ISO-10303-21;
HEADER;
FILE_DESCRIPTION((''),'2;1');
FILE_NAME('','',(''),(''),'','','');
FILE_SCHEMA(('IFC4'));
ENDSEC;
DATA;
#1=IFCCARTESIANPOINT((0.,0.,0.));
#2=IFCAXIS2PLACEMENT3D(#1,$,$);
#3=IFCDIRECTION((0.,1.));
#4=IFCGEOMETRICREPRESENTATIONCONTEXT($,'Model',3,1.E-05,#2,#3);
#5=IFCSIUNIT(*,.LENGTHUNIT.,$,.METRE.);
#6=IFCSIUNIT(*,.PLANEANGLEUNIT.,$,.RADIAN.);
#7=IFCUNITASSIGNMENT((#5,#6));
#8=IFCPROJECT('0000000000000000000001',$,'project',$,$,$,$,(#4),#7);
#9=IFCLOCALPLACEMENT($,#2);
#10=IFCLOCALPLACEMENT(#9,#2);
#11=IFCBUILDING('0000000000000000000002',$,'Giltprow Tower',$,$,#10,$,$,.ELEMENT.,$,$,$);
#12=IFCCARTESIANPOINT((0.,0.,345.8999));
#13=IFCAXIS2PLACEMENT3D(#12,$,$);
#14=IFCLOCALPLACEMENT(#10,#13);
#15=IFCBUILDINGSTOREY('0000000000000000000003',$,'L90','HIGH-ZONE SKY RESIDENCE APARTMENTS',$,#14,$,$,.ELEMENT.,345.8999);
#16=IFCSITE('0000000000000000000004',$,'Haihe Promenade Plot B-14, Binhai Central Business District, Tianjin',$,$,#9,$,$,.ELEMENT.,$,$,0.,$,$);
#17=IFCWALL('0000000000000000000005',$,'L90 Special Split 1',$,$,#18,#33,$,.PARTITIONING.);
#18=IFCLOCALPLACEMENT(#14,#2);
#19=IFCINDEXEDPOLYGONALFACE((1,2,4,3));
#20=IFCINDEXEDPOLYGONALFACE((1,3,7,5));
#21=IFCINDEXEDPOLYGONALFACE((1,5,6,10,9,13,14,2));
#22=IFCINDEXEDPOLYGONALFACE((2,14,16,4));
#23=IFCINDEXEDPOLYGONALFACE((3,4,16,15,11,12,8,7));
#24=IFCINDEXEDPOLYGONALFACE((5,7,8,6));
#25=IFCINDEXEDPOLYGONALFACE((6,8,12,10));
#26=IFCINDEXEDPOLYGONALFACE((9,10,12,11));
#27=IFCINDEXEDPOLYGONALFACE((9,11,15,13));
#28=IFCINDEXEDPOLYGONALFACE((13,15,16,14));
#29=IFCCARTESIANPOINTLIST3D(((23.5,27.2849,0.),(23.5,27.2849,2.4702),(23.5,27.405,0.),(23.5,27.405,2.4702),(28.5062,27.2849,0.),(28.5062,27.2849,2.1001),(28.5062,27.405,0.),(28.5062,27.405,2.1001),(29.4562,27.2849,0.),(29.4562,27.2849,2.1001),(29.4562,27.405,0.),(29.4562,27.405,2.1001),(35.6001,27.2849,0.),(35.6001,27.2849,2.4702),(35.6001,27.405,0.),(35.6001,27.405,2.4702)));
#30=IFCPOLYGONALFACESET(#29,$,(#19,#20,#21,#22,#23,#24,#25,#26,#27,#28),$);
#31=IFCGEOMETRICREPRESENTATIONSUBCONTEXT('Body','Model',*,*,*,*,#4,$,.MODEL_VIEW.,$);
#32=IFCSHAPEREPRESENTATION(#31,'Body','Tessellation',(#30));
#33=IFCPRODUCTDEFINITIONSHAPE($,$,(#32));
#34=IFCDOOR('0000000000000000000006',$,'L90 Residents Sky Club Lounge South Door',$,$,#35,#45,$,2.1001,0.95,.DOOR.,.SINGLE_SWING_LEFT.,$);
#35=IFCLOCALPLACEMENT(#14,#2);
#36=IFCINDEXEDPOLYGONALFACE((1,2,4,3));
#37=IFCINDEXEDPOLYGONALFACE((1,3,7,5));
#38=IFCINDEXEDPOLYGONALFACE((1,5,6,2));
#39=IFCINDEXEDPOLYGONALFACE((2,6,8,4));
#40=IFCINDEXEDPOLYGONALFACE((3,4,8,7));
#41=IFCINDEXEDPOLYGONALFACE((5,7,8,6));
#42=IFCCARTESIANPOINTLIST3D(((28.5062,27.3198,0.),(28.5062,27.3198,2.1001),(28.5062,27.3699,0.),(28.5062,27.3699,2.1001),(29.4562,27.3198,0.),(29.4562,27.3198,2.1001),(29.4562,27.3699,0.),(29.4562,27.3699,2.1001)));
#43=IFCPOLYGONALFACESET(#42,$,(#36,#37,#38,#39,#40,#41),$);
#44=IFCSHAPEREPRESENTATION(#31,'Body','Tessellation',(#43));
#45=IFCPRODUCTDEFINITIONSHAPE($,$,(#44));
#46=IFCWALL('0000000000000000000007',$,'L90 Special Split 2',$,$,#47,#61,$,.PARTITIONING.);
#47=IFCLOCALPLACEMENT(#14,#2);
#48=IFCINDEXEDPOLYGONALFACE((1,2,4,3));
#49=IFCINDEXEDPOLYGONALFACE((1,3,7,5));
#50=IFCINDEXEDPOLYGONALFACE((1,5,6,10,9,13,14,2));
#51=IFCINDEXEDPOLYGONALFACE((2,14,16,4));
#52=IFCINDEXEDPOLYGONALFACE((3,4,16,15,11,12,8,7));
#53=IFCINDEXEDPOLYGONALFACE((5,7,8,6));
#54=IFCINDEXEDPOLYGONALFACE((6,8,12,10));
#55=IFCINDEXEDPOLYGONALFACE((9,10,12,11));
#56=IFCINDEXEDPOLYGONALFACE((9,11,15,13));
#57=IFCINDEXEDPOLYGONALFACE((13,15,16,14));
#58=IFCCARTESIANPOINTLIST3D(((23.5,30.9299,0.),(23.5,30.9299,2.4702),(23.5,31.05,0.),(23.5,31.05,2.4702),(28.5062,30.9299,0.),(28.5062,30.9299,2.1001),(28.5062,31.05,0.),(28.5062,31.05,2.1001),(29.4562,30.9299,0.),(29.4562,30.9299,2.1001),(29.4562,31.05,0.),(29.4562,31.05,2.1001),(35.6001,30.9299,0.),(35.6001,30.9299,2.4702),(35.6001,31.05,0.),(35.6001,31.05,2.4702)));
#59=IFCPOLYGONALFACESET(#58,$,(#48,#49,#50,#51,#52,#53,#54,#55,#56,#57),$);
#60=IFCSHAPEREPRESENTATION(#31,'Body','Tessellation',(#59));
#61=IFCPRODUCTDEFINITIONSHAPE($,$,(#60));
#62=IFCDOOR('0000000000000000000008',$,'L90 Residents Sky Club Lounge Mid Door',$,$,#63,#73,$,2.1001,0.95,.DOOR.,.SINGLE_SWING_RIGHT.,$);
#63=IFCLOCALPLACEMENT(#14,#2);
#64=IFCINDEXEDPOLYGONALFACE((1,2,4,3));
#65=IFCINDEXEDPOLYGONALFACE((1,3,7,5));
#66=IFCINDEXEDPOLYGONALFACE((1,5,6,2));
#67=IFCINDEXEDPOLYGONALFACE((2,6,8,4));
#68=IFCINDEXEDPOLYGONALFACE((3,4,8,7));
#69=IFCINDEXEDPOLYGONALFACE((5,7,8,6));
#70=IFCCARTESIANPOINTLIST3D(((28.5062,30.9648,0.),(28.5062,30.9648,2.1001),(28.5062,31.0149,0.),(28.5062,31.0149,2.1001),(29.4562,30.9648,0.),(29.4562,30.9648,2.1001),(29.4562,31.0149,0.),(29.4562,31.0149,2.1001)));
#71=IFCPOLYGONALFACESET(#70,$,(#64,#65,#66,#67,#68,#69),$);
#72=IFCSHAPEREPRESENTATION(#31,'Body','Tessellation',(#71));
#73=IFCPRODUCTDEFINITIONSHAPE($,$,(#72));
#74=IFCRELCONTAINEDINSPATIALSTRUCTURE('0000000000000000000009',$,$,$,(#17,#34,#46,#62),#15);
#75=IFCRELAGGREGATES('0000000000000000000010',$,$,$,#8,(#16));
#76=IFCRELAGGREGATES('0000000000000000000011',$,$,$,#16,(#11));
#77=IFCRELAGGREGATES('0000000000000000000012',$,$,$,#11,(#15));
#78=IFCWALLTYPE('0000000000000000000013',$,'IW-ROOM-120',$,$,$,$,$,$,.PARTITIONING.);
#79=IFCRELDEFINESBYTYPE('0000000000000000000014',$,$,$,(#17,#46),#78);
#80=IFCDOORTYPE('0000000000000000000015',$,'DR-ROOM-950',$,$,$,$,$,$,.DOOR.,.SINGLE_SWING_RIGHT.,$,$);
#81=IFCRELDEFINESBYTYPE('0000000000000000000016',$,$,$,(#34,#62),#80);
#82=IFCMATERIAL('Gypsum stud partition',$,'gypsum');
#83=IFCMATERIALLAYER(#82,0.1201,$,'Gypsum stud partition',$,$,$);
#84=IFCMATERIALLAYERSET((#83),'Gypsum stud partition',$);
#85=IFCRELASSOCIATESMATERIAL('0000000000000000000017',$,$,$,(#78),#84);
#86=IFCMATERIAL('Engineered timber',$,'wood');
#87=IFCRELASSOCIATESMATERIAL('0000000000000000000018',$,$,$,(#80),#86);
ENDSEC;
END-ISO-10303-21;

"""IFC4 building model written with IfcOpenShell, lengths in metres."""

from ifc_helpers import new_model, si_unit, direction, frame, frame_2d, origin, place, context, subcontext, project, spatial, rectangle, extrude, source, transform, mapped, material, layer, layer_set, type_object, element, fill, save


model = new_model("IFC4")

# Units and contexts
model_context = context("Model", 3, precision=1e-05, world=origin(), true_north=direction((0.0, 1.0)))
body_context = subcontext(model_context, "Body", "Model", "MODEL_VIEW")
ifc_project = project(units=[si_unit("LENGTHUNIT", "METRE"), si_unit("PLANEANGLEUNIT", "RADIAN")], contexts=[model_context])

# Site, building, storey
site_placement = place(None, origin())
site = spatial("IfcSite", under=ifc_project, at=site_placement, Name="Haihe Promenade Plot B-14, Binhai Central Business District, Tianjin", CompositionType="ELEMENT", RefElevation=0.0)
building_placement = place(site_placement, origin())
building = spatial("IfcBuilding", under=site, at=building_placement, Name="Giltprow Tower", CompositionType="ELEMENT")
storey_placement = place(building_placement, frame((0.0, 0.0, 345.8999)))
storey = spatial("IfcBuildingStorey", under=building, at=storey_placement, Name="L90", Description="HIGH-ZONE SKY RESIDENCE APARTMENTS", CompositionType="ELEMENT", Elevation=345.8999)

# Shared definitions
ifc_material_1 = material(Name="Gypsum stud partition", Category="gypsum")
ifc_material_2 = material(Name="Engineered timber", Category="wood")

# Walls, openings, doors
ifc_layer_1 = layer(ifc_material_1, 0.1201, Name="Gypsum stud partition")
ifc_layer_set_1 = layer_set([ifc_layer_1], Name="Gypsum stud partition")
wall_type_1 = type_object("IfcWallType", Name="IW-ROOM-120", PredefinedType="PARTITIONING", material=ifc_layer_set_1)
wall_1_placement = place(storey_placement, frame((23.5, 27.345, 0.0), z_axis=(0.0, 0.0, 1.0), x_axis=(1.0, 0.0, 0.0)))
wall_1 = element("IfcWall", 1, at=wall_1_placement, inside=storey, type_object=wall_type_1, Name="L90 Special Split 1", PredefinedType="PARTITIONING", context=body_context, shape_type="SweptSolid", body=[
    extrude(rectangle(XDim=12.1001, YDim=0.1201, at=frame_2d((6.05, 0.0))), origin(), (0.0, 0.0, 1.0), 2.4702),
])
opening_1_placement = place(wall_1_placement, frame((5.0061, 0.0, 0.0)))
opening_1 = element("IfcOpeningElement", 2, at=opening_1_placement, cuts=wall_1, PredefinedType="OPENING", context=body_context, shape_type="SweptSolid", body=[
    extrude(rectangle(XDim=0.95, YDim=2.1001, at=frame_2d((0.4751, 1.05))), frame((0.0, 0.0701, 0.0), z_axis=(0.0, -1.0, 0.0), x_axis=(1.0, 0.0, 0.0)), (0.0, 0.0, 1.0), 0.1401),
])
door_type_1 = type_object("IfcDoorType", Name="DR-ROOM-950", OperationType="SINGLE_SWING_RIGHT", PredefinedType="DOOR", material=ifc_material_2)
shared_shape_1 = source(origin(), body_context, "Body", "SweptSolid", [
    extrude(rectangle(XDim=0.95, YDim=2.1001, at=frame_2d((0.4751, 1.05))), frame((0.0, 0.0249, 0.0), z_axis=(0.0, -1.0, 0.0), x_axis=(1.0, 0.0, 0.0)), (0.0, 0.0, 1.0), 0.05),
])
door_1_placement = place(opening_1_placement, origin())
door_1 = element("IfcDoor", 3, at=door_1_placement, inside=storey, type_object=door_type_1, Name="L90 Residents Sky Club Lounge South Door", OperationType="SINGLE_SWING_LEFT", OverallHeight=2.1001, OverallWidth=0.95, PredefinedType="DOOR", context=body_context, shape_type="MappedRepresentation", body=[
    mapped(shared_shape_1, transform((0.0, 0.0, 0.0), x_axis=(1.0, 0.0, 0.0), y_axis=(0.0, 1.0, 0.0), z_axis=(0.0, 0.0, 1.0), scale=1.0)),
])
fill(opening_1, door_1)
wall_2_placement = place(storey_placement, frame((23.5, 30.99, 0.0), z_axis=(0.0, 0.0, 1.0), x_axis=(1.0, 0.0, 0.0)))
wall_2 = element("IfcWall", 4, at=wall_2_placement, inside=storey, type_object=wall_type_1, Name="L90 Special Split 2", PredefinedType="PARTITIONING", context=body_context, shape_type="SweptSolid", body=[
    extrude(rectangle(XDim=12.1001, YDim=0.1201, at=frame_2d((6.05, 0.0))), origin(), (0.0, 0.0, 1.0), 2.4702),
])
opening_2_placement = place(wall_2_placement, frame((5.0061, 0.0, 0.0)))
opening_2 = element("IfcOpeningElement", 5, at=opening_2_placement, cuts=wall_2, PredefinedType="OPENING", context=body_context, shape_type="SweptSolid", body=[
    extrude(rectangle(XDim=0.95, YDim=2.1001, at=frame_2d((0.4751, 1.05))), frame((0.0, 0.0701, 0.0), z_axis=(0.0, -1.0, 0.0), x_axis=(1.0, 0.0, 0.0)), (0.0, 0.0, 1.0), 0.1401),
])
door_2_placement = place(opening_2_placement, origin())
door_2 = element("IfcDoor", 6, at=door_2_placement, inside=storey, type_object=door_type_1, Name="L90 Residents Sky Club Lounge Mid Door", OperationType="SINGLE_SWING_RIGHT", OverallHeight=2.1001, OverallWidth=0.95, PredefinedType="DOOR", context=body_context, shape_type="MappedRepresentation", body=[
    mapped(shared_shape_1, transform((0.0, 0.0, 0.0), x_axis=(1.0, 0.0, 0.0), y_axis=(0.0, 1.0, 0.0), z_axis=(0.0, 0.0, 1.0), scale=1.0)),
])
fill(opening_2, door_2)

save(model, "model.ifc")
